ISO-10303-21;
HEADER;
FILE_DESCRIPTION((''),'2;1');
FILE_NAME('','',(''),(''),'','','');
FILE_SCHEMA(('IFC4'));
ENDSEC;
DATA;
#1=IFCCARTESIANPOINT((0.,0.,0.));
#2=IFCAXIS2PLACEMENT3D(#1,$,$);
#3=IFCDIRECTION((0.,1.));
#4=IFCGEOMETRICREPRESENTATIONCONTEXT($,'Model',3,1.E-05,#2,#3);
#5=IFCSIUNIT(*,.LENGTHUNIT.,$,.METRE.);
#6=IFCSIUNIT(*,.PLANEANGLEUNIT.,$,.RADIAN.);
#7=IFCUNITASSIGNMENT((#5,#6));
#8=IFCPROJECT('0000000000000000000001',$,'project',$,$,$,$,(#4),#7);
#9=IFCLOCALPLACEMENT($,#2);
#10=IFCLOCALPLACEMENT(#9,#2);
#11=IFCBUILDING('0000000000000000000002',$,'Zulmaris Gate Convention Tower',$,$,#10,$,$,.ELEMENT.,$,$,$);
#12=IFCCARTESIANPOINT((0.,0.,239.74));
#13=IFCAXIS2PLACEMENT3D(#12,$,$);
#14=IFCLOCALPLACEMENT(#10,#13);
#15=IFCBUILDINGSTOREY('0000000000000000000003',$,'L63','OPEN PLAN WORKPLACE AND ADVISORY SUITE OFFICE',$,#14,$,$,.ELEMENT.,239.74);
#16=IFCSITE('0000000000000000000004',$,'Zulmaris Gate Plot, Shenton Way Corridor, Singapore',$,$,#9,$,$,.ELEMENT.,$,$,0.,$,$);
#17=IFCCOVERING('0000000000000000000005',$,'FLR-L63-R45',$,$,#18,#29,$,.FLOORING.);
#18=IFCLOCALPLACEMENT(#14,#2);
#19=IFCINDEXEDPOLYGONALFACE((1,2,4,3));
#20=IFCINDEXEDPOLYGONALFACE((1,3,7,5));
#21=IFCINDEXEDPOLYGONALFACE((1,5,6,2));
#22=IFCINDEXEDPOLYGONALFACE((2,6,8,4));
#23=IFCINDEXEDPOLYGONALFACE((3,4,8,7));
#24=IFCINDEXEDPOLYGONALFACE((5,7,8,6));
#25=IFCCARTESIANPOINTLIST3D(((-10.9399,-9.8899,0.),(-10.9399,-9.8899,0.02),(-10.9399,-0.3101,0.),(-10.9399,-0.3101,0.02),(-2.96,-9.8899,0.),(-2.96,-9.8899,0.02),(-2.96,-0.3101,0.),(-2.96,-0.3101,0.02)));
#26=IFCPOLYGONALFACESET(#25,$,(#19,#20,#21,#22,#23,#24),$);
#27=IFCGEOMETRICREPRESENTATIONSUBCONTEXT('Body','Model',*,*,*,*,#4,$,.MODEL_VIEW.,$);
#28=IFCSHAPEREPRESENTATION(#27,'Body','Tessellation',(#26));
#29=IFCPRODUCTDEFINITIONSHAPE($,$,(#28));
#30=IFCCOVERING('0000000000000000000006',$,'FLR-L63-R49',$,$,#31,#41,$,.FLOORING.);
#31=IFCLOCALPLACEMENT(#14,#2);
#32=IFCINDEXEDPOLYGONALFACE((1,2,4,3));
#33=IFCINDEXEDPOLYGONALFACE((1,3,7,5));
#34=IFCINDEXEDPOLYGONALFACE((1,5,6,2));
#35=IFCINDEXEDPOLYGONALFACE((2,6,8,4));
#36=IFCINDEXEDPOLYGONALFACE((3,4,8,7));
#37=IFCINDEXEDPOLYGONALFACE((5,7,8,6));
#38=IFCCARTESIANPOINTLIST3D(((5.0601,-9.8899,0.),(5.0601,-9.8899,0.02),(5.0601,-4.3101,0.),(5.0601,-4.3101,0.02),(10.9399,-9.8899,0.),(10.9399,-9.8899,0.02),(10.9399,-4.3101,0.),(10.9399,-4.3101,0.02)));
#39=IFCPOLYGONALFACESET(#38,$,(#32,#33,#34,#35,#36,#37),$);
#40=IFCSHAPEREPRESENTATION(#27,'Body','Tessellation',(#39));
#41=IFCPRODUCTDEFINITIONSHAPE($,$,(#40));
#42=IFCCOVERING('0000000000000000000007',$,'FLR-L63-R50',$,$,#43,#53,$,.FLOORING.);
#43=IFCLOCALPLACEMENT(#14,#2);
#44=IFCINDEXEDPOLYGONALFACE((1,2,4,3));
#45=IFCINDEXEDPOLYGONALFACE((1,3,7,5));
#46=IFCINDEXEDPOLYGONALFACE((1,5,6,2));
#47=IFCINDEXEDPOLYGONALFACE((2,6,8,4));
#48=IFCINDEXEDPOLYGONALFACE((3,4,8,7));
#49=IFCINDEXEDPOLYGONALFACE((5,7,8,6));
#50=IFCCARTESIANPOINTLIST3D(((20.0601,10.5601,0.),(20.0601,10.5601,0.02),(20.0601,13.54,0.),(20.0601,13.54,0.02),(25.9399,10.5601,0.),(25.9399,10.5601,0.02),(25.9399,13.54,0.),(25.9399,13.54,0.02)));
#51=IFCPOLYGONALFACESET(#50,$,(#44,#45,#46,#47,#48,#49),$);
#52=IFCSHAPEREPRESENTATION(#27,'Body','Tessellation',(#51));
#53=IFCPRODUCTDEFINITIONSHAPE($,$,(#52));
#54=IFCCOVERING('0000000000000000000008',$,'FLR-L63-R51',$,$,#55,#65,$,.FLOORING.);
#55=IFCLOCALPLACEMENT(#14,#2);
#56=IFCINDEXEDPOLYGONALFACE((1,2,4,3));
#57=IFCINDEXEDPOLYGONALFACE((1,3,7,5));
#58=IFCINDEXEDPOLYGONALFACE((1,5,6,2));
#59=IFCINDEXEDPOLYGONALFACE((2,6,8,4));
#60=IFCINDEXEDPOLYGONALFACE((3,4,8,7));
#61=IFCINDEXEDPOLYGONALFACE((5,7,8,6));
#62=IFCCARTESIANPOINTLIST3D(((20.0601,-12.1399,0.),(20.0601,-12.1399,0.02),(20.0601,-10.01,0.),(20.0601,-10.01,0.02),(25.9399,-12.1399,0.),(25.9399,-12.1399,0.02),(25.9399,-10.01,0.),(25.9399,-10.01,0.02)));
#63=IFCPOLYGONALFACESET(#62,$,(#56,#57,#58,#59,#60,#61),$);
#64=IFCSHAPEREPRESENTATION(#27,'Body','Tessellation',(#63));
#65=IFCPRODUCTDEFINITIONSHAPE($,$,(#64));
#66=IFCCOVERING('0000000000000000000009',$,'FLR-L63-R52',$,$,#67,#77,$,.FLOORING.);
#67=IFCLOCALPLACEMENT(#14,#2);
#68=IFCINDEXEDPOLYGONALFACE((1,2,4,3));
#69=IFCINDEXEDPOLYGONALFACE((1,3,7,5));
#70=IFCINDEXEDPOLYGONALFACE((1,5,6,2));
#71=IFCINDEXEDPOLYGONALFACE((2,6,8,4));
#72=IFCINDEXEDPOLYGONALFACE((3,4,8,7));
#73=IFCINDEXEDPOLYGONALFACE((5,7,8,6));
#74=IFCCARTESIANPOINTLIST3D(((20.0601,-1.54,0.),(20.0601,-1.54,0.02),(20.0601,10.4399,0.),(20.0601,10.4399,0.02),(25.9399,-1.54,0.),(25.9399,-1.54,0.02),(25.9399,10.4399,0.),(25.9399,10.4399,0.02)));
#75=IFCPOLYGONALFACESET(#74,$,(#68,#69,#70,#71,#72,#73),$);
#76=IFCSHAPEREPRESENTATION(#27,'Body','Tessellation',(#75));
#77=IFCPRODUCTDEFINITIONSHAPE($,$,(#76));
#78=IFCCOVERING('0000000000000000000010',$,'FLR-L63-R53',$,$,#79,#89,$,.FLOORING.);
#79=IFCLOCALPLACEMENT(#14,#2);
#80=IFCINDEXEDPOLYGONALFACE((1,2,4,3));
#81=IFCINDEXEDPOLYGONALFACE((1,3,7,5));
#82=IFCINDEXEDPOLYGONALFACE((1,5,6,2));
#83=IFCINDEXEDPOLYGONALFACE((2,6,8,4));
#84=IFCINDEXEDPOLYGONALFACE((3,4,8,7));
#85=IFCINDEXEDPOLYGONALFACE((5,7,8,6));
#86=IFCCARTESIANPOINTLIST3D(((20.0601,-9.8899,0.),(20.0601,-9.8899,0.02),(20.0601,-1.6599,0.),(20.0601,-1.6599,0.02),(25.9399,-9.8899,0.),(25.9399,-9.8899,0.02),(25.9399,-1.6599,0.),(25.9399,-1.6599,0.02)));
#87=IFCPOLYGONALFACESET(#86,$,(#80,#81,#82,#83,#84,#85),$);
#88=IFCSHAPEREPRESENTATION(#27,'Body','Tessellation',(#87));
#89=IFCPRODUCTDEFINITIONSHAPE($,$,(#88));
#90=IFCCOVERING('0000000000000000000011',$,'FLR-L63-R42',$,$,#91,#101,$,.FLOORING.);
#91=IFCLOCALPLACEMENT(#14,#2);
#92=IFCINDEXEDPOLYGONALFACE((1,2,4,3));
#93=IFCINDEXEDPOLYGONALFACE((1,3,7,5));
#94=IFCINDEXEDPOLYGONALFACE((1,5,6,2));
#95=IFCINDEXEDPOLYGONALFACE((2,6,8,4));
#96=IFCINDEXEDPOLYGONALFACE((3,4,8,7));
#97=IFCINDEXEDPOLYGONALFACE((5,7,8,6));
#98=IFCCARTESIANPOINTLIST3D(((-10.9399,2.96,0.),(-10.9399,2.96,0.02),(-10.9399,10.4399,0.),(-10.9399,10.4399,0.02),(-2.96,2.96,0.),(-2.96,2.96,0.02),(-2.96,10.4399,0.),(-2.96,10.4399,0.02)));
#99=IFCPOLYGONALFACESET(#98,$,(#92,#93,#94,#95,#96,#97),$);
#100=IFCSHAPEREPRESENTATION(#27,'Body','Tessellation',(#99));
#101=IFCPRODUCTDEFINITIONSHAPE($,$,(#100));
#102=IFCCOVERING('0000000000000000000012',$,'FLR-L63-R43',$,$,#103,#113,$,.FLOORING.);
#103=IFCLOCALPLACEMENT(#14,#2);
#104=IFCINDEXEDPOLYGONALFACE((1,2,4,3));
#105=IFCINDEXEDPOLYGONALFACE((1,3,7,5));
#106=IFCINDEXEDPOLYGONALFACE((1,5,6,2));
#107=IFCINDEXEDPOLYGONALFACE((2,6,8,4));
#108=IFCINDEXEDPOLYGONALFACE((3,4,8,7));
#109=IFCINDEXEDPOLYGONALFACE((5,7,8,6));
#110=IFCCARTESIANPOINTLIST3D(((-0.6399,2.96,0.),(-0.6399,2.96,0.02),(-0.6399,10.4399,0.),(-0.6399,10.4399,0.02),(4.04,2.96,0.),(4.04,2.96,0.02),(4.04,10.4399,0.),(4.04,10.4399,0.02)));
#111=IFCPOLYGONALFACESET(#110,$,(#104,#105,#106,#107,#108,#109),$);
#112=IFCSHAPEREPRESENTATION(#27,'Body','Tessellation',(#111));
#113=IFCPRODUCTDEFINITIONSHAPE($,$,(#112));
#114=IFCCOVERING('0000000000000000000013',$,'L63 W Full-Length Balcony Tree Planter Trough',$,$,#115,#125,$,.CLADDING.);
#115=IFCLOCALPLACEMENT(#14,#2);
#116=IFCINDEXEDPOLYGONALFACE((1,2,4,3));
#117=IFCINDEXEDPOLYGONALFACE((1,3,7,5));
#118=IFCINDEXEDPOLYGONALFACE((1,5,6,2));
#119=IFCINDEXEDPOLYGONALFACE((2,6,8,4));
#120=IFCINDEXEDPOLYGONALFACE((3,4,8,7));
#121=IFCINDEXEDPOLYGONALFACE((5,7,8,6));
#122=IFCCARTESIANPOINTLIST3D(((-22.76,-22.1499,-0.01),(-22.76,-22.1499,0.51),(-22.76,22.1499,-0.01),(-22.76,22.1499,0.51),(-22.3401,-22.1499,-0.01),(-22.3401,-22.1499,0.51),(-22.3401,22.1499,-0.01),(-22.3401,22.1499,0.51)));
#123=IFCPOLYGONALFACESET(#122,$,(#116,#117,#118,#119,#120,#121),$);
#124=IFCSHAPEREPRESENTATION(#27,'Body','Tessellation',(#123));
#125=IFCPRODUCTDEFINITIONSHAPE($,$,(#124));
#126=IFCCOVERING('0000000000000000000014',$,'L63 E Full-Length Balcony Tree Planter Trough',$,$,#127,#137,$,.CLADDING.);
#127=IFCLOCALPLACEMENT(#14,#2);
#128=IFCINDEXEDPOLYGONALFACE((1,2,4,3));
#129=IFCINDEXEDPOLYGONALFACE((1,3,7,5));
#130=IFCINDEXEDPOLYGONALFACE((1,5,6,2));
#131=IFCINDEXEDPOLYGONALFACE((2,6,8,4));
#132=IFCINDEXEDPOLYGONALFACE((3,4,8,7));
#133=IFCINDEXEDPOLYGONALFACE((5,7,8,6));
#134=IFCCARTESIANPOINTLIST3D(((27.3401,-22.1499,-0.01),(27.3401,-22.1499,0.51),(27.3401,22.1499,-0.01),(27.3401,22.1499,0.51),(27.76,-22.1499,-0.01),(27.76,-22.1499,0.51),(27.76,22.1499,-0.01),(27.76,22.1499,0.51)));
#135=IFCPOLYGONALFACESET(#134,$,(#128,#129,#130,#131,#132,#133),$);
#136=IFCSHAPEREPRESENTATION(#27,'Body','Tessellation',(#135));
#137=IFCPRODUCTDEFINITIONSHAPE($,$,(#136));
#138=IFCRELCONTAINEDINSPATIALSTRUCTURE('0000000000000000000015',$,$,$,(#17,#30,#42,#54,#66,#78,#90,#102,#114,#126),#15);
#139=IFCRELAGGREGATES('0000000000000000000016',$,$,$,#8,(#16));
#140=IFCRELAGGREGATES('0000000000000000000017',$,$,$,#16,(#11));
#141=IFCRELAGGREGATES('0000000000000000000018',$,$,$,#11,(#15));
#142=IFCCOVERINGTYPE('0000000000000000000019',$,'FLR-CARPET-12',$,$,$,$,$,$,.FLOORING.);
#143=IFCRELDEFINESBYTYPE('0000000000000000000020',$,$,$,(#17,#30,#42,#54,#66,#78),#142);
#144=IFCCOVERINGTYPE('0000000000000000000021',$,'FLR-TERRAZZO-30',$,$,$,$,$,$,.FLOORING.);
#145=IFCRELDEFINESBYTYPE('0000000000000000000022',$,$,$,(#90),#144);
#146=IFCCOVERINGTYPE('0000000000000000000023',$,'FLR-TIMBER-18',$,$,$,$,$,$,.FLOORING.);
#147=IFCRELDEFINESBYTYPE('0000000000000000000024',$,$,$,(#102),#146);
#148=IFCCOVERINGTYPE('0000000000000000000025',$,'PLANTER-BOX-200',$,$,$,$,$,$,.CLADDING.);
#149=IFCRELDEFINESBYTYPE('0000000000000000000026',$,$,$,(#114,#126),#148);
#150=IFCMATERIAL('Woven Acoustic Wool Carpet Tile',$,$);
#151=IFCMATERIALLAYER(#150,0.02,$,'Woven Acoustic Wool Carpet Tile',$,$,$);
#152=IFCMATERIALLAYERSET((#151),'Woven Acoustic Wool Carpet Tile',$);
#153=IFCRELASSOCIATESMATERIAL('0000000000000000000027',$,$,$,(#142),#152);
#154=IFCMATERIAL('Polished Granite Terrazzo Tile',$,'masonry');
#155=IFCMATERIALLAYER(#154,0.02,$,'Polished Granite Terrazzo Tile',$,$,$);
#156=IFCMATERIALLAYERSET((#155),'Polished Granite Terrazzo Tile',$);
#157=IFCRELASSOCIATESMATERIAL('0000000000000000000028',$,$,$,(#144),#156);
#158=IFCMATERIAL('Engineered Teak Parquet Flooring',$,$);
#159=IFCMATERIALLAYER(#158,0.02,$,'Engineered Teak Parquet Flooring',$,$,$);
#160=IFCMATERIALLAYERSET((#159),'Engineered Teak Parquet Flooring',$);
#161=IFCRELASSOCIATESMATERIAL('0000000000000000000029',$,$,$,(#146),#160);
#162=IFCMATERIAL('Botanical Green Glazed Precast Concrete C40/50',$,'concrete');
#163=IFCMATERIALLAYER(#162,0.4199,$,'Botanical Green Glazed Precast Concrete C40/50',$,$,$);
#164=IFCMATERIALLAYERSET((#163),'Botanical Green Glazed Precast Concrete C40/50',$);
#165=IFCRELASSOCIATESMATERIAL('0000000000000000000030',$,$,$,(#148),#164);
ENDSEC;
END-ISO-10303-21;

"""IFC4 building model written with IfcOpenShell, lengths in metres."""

from ifc_helpers import new_model, si_unit, direction, frame, origin, place, context, subcontext, project, spatial, polyline, outline, extrude, material, layer, layer_set, type_object, element, save


model = new_model("IFC4")

# Units and contexts
model_context = context("Model", 3, precision=1e-05, world=origin(), true_north=direction((0.0, 1.0)))
body_context = subcontext(model_context, "Body", "Model", "MODEL_VIEW")
ifc_project = project(units=[si_unit("LENGTHUNIT", "METRE"), si_unit("PLANEANGLEUNIT", "RADIAN")], contexts=[model_context])

# Site, building, storey
site_placement = place(None, origin())
site = spatial("IfcSite", under=ifc_project, at=site_placement, Name="Zulmaris Gate Plot, Shenton Way Corridor, Singapore", CompositionType="ELEMENT", RefElevation=0.0)
building_placement = place(site_placement, origin())
building = spatial("IfcBuilding", under=site, at=building_placement, Name="Zulmaris Gate Convention Tower", CompositionType="ELEMENT")
storey_placement = place(building_placement, frame((0.0, 0.0, 239.74)))
storey = spatial("IfcBuildingStorey", under=building, at=storey_placement, Name="L63", Description="OPEN PLAN WORKPLACE AND ADVISORY SUITE OFFICE", CompositionType="ELEMENT", Elevation=239.74)

# Coverings
ifc_material_1 = material(Name="Woven Acoustic Wool Carpet Tile")
ifc_layer_1 = layer(ifc_material_1, 0.02, Name="Woven Acoustic Wool Carpet Tile")
ifc_layer_set_1 = layer_set([ifc_layer_1], Name="Woven Acoustic Wool Carpet Tile")
covering_type_1 = type_object("IfcCoveringType", Name="FLR-CARPET-12", PredefinedType="FLOORING", material=ifc_layer_set_1)
covering_1_placement = place(storey_placement, origin())
element("IfcCovering", 1, at=covering_1_placement, inside=storey, type_object=covering_type_1, Name="FLR-L63-R45", PredefinedType="FLOORING", context=body_context, shape_type="SweptSolid", body=[
    extrude(outline(polyline([(-10.9399, -9.8899), (-2.96, -9.8899), (-2.96, -0.3101), (-10.9399, -0.3101), (-10.9399, -9.8899)])), origin(), (0.0, 0.0, 1.0), 0.02),
])
covering_2_placement = place(storey_placement, origin())
element("IfcCovering", 2, at=covering_2_placement, inside=storey, type_object=covering_type_1, Name="FLR-L63-R49", PredefinedType="FLOORING", context=body_context, shape_type="SweptSolid", body=[
    extrude(outline(polyline([(5.0601, -9.8899), (10.9399, -9.8899), (10.9399, -4.3101), (5.0601, -4.3101), (5.0601, -9.8899)])), origin(), (0.0, 0.0, 1.0), 0.02),
])
covering_3_placement = place(storey_placement, origin())
element("IfcCovering", 3, at=covering_3_placement, inside=storey, type_object=covering_type_1, Name="FLR-L63-R50", PredefinedType="FLOORING", context=body_context, shape_type="SweptSolid", body=[
    extrude(outline(polyline([(20.0601, 10.5601), (25.9399, 10.5601), (25.9399, 13.54), (20.0601, 13.54), (20.0601, 10.5601)])), origin(), (0.0, 0.0, 1.0), 0.02),
])
covering_4_placement = place(storey_placement, origin())
element("IfcCovering", 4, at=covering_4_placement, inside=storey, type_object=covering_type_1, Name="FLR-L63-R51", PredefinedType="FLOORING", context=body_context, shape_type="SweptSolid", body=[
    extrude(outline(polyline([(20.0601, -12.1399), (25.9399, -12.1399), (25.9399, -10.01), (20.0601, -10.01), (20.0601, -12.1399)])), origin(), (0.0, 0.0, 1.0), 0.02),
])
covering_5_placement = place(storey_placement, origin())
element("IfcCovering", 5, at=covering_5_placement, inside=storey, type_object=covering_type_1, Name="FLR-L63-R52", PredefinedType="FLOORING", context=body_context, shape_type="SweptSolid", body=[
    extrude(outline(polyline([(20.0601, -1.54), (25.9399, -1.54), (25.9399, 10.4399), (20.0601, 10.4399), (20.0601, -1.54)])), origin(), (0.0, 0.0, 1.0), 0.02),
])
covering_6_placement = place(storey_placement, origin())
element("IfcCovering", 6, at=covering_6_placement, inside=storey, type_object=covering_type_1, Name="FLR-L63-R53", PredefinedType="FLOORING", context=body_context, shape_type="SweptSolid", body=[
    extrude(outline(polyline([(20.0601, -9.8899), (25.9399, -9.8899), (25.9399, -1.6599), (20.0601, -1.6599), (20.0601, -9.8899)])), origin(), (0.0, 0.0, 1.0), 0.02),
])
ifc_material_2 = material(Name="Polished Granite Terrazzo Tile", Category="masonry")
ifc_layer_2 = layer(ifc_material_2, 0.02, Name="Polished Granite Terrazzo Tile")
ifc_layer_set_2 = layer_set([ifc_layer_2], Name="Polished Granite Terrazzo Tile")
covering_type_2 = type_object("IfcCoveringType", Name="FLR-TERRAZZO-30", PredefinedType="FLOORING", material=ifc_layer_set_2)
covering_7_placement = place(storey_placement, origin())
element("IfcCovering", 7, at=covering_7_placement, inside=storey, type_object=covering_type_2, Name="FLR-L63-R42", PredefinedType="FLOORING", context=body_context, shape_type="SweptSolid", body=[
    extrude(outline(polyline([(-10.9399, 2.96), (-2.96, 2.96), (-2.96, 10.4399), (-10.9399, 10.4399), (-10.9399, 2.96)])), origin(), (0.0, 0.0, 1.0), 0.02),
])
ifc_material_3 = material(Name="Engineered Teak Parquet Flooring")
ifc_layer_3 = layer(ifc_material_3, 0.02, Name="Engineered Teak Parquet Flooring")
ifc_layer_set_3 = layer_set([ifc_layer_3], Name="Engineered Teak Parquet Flooring")
covering_type_3 = type_object("IfcCoveringType", Name="FLR-TIMBER-18", PredefinedType="FLOORING", material=ifc_layer_set_3)
covering_8_placement = place(storey_placement, origin())
element("IfcCovering", 8, at=covering_8_placement, inside=storey, type_object=covering_type_3, Name="FLR-L63-R43", PredefinedType="FLOORING", context=body_context, shape_type="SweptSolid", body=[
    extrude(outline(polyline([(-0.6399, 2.96), (4.04, 2.96), (4.04, 10.4399), (-0.6399, 10.4399), (-0.6399, 2.96)])), origin(), (0.0, 0.0, 1.0), 0.02),
])
ifc_material_4 = material(Name="Botanical Green Glazed Precast Concrete C40/50", Category="concrete")
ifc_layer_4 = layer(ifc_material_4, 0.4199, Name="Botanical Green Glazed Precast Concrete C40/50")
ifc_layer_set_4 = layer_set([ifc_layer_4], Name="Botanical Green Glazed Precast Concrete C40/50")
covering_type_4 = type_object("IfcCoveringType", Name="PLANTER-BOX-200", PredefinedType="CLADDING", material=ifc_layer_set_4)
covering_9_placement = place(storey_placement, frame((0.0, 0.0, -0.01)))
element("IfcCovering", 9, at=covering_9_placement, inside=storey, type_object=covering_type_4, Name="L63 W Full-Length Balcony Tree Planter Trough", PredefinedType="CLADDING", context=body_context, shape_type="SweptSolid", body=[
    extrude(outline(polyline([(-22.76, -22.1499), (-22.3401, -22.1499), (-22.3401, 22.1499), (-22.76, 22.1499), (-22.76, -22.1499)])), origin(), (0.0, 0.0, 1.0), 0.52),
])
covering_10_placement = place(storey_placement, frame((0.0, 0.0, -0.01)))
element("IfcCovering", 10, at=covering_10_placement, inside=storey, type_object=covering_type_4, Name="L63 E Full-Length Balcony Tree Planter Trough", PredefinedType="CLADDING", context=body_context, shape_type="SweptSolid", body=[
    extrude(outline(polyline([(27.3401, -22.1499), (27.76, -22.1499), (27.76, 22.1499), (27.3401, 22.1499), (27.3401, -22.1499)])), origin(), (0.0, 0.0, 1.0), 0.52),
])

save(model, "model.ifc")
